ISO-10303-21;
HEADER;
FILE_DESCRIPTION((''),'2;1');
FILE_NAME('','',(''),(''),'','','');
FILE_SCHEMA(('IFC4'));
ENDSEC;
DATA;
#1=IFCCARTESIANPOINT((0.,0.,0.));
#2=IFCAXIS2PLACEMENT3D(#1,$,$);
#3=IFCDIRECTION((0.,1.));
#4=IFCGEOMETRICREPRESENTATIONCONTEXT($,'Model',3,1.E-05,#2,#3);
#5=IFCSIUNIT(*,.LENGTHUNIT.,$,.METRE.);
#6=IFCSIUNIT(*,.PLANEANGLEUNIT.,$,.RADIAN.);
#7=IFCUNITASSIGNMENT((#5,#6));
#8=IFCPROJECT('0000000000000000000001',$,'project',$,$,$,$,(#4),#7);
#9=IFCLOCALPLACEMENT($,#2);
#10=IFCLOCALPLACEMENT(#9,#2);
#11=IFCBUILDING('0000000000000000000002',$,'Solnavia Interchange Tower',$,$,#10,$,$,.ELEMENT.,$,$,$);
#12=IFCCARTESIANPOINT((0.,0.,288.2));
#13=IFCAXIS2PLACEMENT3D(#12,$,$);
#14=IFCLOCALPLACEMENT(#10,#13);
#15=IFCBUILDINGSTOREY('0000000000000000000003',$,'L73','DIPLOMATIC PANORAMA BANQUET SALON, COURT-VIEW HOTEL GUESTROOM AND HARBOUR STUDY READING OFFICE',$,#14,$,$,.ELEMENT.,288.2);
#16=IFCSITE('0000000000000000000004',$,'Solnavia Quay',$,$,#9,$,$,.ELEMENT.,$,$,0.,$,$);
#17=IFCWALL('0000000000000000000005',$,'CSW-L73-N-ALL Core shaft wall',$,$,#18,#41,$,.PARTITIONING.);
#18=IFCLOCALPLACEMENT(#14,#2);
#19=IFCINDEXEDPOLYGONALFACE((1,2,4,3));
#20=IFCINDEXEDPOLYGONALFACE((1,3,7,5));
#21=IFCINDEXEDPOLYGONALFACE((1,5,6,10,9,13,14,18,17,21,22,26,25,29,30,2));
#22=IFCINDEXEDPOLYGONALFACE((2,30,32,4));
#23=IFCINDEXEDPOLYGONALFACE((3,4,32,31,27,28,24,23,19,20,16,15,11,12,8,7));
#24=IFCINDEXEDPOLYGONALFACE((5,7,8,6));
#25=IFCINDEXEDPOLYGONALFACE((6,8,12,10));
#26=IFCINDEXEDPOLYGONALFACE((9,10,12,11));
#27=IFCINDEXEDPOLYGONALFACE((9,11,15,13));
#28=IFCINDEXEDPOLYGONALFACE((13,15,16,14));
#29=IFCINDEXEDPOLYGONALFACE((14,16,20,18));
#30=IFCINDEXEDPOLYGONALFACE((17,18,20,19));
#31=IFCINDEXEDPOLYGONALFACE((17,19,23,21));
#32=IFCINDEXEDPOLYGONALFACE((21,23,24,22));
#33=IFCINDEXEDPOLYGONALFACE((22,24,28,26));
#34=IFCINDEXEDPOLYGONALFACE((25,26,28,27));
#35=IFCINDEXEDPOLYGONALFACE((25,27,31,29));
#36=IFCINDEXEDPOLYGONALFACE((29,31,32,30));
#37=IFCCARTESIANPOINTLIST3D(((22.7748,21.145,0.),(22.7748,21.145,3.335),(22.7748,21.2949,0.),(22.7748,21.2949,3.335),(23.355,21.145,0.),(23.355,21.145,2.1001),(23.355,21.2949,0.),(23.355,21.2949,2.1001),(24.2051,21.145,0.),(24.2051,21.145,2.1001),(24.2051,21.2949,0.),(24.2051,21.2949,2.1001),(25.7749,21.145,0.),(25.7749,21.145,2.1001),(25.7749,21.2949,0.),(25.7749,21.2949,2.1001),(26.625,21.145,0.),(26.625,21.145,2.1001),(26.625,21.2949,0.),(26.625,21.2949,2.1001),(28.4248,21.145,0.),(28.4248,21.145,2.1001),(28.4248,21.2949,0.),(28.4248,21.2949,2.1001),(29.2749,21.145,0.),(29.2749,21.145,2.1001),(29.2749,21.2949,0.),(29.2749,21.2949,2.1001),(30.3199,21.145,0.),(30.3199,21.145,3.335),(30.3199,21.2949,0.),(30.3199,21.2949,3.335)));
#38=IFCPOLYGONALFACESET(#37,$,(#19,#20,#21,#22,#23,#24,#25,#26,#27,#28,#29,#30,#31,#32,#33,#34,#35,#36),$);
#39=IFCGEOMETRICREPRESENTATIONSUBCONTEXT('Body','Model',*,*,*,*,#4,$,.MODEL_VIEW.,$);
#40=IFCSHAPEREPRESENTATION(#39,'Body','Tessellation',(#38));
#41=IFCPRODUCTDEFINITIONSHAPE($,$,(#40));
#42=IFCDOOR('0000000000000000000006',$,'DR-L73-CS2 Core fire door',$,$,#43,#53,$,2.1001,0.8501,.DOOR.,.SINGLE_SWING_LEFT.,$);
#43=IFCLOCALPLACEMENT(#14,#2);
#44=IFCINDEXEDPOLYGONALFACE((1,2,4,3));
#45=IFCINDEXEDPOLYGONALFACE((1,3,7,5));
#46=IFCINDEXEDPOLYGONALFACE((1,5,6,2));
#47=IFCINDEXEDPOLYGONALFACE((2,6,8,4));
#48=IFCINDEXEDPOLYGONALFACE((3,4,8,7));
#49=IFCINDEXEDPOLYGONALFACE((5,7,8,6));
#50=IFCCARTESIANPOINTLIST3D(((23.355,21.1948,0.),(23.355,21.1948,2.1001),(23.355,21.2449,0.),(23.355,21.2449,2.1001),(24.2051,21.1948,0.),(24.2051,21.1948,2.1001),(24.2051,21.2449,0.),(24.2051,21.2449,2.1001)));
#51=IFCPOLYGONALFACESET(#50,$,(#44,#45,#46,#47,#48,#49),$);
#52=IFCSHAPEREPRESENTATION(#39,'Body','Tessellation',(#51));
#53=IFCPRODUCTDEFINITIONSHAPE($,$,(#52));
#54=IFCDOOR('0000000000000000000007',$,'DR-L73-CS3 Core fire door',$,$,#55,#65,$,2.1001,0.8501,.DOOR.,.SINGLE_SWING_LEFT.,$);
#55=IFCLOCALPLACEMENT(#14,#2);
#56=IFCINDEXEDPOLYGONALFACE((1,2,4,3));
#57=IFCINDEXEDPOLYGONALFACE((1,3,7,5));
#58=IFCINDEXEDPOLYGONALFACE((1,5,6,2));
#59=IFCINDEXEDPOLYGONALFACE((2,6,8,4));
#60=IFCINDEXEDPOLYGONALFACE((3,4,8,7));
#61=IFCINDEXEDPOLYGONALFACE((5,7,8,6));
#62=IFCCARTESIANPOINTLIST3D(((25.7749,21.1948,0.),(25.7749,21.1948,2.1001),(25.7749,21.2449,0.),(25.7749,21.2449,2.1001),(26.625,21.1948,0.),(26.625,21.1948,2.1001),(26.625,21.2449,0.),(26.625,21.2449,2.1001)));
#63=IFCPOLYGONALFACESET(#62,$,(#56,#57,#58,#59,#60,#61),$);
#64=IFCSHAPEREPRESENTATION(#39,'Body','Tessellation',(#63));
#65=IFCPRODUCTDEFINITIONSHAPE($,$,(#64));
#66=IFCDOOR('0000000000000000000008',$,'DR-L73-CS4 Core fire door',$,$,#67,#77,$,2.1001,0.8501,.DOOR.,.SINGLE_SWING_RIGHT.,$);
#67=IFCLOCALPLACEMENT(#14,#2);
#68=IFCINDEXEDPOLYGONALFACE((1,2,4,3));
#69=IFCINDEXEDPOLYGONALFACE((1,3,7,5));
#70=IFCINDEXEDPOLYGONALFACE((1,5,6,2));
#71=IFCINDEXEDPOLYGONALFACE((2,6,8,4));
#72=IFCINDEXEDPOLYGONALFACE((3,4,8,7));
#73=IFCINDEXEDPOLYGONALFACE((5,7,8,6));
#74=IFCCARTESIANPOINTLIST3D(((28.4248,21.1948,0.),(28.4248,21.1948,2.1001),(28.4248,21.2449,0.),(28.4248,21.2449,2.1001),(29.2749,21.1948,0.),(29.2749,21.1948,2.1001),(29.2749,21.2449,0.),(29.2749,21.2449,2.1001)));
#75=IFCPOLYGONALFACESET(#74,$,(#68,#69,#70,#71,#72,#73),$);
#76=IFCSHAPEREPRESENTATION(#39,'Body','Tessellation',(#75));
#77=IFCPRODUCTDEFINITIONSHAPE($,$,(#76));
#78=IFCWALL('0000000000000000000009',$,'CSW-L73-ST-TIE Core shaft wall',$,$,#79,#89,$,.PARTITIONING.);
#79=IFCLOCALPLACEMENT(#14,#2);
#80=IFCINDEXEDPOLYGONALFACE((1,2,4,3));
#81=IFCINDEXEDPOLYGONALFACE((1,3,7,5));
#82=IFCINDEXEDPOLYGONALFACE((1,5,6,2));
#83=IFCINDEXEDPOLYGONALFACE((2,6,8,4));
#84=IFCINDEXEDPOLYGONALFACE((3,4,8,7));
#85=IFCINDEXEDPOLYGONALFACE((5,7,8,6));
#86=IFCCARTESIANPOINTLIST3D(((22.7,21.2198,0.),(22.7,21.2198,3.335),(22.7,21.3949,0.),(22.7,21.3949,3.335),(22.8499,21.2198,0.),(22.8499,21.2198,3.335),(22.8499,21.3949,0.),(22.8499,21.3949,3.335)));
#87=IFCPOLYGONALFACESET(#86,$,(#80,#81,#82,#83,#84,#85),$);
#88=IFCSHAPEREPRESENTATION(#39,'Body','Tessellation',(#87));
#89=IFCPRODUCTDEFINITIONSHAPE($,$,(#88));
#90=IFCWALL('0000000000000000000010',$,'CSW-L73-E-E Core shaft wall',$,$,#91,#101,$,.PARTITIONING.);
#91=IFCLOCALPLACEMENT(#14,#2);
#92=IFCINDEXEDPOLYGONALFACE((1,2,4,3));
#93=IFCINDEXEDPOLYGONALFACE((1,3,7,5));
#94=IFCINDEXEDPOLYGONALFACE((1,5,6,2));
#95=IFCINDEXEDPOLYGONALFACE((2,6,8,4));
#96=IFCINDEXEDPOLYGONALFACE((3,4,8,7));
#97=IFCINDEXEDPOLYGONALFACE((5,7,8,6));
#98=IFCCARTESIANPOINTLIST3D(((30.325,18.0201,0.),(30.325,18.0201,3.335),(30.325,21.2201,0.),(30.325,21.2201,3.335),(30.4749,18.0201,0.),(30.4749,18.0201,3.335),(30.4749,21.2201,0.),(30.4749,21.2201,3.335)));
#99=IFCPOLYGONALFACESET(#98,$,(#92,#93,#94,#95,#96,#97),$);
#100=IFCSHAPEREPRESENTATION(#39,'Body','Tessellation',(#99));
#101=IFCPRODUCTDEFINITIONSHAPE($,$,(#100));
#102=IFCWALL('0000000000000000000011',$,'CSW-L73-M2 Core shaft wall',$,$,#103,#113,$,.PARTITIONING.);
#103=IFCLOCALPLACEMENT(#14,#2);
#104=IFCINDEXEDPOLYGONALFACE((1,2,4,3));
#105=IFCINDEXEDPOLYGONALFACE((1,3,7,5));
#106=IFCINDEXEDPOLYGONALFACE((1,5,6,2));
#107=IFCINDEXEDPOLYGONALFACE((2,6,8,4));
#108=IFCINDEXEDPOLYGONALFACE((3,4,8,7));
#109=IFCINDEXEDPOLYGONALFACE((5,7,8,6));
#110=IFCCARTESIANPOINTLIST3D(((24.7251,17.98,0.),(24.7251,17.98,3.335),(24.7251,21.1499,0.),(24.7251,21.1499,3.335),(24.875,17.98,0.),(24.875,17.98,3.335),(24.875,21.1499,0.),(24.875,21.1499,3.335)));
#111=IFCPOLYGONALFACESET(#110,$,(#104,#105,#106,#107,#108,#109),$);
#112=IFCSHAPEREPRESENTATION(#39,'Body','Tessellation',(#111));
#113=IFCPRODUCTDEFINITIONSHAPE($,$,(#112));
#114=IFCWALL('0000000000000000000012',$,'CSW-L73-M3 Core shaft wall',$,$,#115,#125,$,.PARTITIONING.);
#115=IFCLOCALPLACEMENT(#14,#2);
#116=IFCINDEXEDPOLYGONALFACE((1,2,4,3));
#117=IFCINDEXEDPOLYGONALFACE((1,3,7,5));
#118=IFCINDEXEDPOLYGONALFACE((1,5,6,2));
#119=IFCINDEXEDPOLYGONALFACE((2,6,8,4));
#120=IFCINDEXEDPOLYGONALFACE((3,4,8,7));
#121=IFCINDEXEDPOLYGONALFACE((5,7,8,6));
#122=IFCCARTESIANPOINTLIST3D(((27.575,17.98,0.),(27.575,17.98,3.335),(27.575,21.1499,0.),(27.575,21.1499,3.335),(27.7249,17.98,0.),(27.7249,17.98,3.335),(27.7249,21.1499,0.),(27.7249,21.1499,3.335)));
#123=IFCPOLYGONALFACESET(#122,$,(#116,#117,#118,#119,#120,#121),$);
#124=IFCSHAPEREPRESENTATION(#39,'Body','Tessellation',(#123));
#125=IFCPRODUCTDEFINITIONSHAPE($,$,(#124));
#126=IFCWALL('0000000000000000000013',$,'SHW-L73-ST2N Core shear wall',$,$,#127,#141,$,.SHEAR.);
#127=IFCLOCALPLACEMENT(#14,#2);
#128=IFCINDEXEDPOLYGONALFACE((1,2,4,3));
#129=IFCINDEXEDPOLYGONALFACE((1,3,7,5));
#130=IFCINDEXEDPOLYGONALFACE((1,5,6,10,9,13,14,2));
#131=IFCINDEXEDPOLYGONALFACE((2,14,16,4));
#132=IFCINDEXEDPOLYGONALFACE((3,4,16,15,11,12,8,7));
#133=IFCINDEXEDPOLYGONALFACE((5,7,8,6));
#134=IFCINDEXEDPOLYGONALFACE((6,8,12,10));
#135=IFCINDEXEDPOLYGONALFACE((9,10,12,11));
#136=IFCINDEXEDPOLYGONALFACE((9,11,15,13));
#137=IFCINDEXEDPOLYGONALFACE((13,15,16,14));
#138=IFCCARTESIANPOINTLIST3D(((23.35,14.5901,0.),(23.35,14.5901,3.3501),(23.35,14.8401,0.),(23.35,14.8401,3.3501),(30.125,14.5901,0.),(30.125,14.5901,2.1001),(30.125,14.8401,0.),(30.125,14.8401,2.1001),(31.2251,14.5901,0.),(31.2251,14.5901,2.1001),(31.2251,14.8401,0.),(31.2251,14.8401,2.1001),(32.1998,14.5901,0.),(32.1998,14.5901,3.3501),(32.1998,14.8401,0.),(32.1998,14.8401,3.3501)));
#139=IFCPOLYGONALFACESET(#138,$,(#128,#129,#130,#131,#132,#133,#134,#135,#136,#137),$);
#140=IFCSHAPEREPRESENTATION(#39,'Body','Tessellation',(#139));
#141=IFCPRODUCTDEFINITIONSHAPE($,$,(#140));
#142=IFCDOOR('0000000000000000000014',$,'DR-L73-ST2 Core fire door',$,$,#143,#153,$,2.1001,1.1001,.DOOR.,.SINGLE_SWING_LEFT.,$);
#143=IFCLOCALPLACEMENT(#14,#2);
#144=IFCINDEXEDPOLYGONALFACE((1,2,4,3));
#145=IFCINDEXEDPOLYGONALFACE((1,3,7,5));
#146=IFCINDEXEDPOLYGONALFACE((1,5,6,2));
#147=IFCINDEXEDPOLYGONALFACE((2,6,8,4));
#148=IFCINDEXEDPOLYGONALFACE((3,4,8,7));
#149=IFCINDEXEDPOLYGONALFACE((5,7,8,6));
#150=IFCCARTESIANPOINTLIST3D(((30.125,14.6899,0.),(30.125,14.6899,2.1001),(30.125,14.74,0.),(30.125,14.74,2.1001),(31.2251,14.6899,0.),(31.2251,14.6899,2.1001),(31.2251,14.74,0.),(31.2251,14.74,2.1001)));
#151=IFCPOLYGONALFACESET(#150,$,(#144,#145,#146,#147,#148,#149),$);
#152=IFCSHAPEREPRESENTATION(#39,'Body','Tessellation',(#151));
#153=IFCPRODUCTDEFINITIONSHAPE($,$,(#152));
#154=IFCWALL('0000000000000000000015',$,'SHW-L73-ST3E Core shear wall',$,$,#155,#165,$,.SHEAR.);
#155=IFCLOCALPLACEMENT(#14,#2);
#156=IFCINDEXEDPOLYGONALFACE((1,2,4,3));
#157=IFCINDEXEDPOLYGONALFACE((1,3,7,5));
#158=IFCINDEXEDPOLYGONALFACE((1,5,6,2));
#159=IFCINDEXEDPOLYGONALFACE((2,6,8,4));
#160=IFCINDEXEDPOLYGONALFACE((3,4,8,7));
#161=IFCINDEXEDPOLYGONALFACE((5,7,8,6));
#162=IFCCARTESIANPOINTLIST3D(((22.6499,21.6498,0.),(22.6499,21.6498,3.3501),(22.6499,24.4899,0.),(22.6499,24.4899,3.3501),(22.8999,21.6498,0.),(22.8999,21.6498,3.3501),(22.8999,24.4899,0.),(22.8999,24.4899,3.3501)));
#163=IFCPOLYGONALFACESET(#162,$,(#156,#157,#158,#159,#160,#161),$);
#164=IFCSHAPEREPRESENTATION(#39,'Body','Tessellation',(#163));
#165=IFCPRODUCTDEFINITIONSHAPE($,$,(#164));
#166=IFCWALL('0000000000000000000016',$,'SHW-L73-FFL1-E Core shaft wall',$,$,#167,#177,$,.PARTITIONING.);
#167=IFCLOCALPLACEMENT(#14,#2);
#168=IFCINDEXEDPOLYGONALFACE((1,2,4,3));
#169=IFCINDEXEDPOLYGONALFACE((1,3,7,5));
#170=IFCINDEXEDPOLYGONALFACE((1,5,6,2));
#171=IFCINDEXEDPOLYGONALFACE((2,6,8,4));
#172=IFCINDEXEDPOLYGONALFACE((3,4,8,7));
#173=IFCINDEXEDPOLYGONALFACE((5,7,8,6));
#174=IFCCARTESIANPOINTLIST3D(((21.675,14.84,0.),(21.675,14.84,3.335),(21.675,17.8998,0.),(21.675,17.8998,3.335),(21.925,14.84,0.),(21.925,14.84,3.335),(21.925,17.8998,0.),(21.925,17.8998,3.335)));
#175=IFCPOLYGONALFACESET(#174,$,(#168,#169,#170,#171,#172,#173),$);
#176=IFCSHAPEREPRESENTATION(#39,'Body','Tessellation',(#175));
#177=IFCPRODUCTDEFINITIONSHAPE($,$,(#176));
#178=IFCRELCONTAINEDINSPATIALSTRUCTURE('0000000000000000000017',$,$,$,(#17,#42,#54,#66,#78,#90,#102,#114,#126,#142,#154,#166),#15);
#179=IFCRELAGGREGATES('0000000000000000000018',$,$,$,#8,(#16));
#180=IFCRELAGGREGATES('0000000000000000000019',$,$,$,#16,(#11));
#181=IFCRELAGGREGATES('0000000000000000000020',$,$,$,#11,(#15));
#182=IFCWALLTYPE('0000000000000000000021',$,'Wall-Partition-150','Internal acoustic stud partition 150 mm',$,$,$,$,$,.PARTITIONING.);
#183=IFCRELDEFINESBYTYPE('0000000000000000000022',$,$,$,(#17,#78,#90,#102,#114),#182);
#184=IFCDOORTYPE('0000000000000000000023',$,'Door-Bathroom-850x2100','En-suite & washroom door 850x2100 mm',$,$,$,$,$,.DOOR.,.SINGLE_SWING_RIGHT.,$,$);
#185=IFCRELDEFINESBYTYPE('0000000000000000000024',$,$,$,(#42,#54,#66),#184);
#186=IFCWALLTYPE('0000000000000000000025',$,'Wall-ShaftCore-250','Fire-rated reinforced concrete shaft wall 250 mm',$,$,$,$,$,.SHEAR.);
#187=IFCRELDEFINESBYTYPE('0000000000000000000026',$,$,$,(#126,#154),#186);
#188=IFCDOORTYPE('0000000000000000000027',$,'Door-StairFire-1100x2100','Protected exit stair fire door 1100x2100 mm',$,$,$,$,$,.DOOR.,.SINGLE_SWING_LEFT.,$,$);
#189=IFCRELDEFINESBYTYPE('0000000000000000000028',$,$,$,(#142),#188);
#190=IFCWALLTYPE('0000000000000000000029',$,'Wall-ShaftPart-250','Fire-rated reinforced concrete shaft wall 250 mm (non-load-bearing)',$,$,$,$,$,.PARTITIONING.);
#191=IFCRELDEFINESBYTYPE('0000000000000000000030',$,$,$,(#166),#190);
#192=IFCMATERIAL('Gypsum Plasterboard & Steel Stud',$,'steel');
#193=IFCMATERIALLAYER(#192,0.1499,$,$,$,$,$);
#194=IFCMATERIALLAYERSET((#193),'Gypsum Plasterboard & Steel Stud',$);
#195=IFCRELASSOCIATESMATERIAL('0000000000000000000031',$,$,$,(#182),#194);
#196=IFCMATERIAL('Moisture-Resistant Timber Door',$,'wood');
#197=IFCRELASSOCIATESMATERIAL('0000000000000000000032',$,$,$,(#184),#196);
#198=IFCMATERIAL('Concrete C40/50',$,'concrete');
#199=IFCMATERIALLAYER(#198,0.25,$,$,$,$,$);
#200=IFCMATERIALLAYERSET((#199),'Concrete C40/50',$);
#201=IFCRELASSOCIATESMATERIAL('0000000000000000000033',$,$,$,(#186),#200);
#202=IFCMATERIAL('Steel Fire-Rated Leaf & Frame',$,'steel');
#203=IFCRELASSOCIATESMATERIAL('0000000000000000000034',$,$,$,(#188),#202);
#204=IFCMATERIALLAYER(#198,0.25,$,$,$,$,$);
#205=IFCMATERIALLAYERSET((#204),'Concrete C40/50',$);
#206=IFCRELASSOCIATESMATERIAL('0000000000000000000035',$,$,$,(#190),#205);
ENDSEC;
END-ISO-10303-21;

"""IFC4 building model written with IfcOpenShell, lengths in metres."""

from ifc_helpers import new_model, si_unit, direction, frame, frame_2d, origin, place, context, subcontext, project, spatial, rectangle, extrude, material, layer, layer_set, type_object, element, fill, save


model = new_model("IFC4")

# Units and contexts
model_context = context("Model", 3, precision=1e-05, world=origin(), true_north=direction((0.0, 1.0)))
body_context = subcontext(model_context, "Body", "Model", "MODEL_VIEW")
ifc_project = project(units=[si_unit("LENGTHUNIT", "METRE"), si_unit("PLANEANGLEUNIT", "RADIAN")], contexts=[model_context])

# Site, building, storey
site_placement = place(None, origin())
site = spatial("IfcSite", under=ifc_project, at=site_placement, Name="Solnavia Quay", CompositionType="ELEMENT", RefElevation=0.0)
building_placement = place(site_placement, origin())
building = spatial("IfcBuilding", under=site, at=building_placement, Name="Solnavia Interchange Tower", CompositionType="ELEMENT")
storey_placement = place(building_placement, frame((0.0, 0.0, 288.2)))
storey = spatial("IfcBuildingStorey", under=building, at=storey_placement, Name="L73", Description="DIPLOMATIC PANORAMA BANQUET SALON, COURT-VIEW HOTEL GUESTROOM AND HARBOUR STUDY READING OFFICE", CompositionType="ELEMENT", Elevation=288.2)

# Wall, openings, doors
ifc_material_1 = material(Name="Gypsum Plasterboard & Steel Stud", Category="steel")
ifc_layer_1 = layer(ifc_material_1, 0.1499)
ifc_layer_set_1 = layer_set([ifc_layer_1], Name="Gypsum Plasterboard & Steel Stud")
wall_type_1 = type_object("IfcWallType", Name="Wall-Partition-150", Description="Internal acoustic stud partition 150 mm", PredefinedType="PARTITIONING", material=ifc_layer_set_1)
wall_1_placement = place(storey_placement, frame((22.7749, 21.22, 0.0), z_axis=(0.0, 0.0, 1.0), x_axis=(1.0, 0.0, 0.0)))
wall_1 = element("IfcWall", 1, at=wall_1_placement, inside=storey, type_object=wall_type_1, Name="CSW-L73-N-ALL Core shaft wall", PredefinedType="PARTITIONING", context=body_context, shape_type="SweptSolid", body=[
    extrude(rectangle(XDim=7.5452, YDim=0.1499, at=frame_2d((3.7725, 0.0))), origin(), (0.0, 0.0, 1.0), 3.335),
])
opening_1_placement = place(wall_1_placement, frame((0.5801, 0.0, 0.0)))
opening_1 = element("IfcOpeningElement", 2, at=opening_1_placement, cuts=wall_1, PredefinedType="OPENING", context=body_context, shape_type="SweptSolid", body=[
    extrude(rectangle(XDim=0.8501, YDim=2.1001, at=frame_2d((0.425, 1.05))), frame((0.0, 0.085, 0.0), z_axis=(0.0, -1.0, 0.0), x_axis=(1.0, 0.0, 0.0)), (0.0, 0.0, 1.0), 0.1699),
])
opening_2_placement = place(wall_1_placement, frame((3.0, 0.0, 0.0)))
opening_2 = element("IfcOpeningElement", 3, at=opening_2_placement, cuts=wall_1, PredefinedType="OPENING", context=body_context, shape_type="SweptSolid", body=[
    extrude(rectangle(XDim=0.8501, YDim=2.1001, at=frame_2d((0.425, 1.05))), frame((0.0, 0.085, 0.0), z_axis=(0.0, -1.0, 0.0), x_axis=(1.0, 0.0, 0.0)), (0.0, 0.0, 1.0), 0.1699),
])
opening_3_placement = place(wall_1_placement, frame((5.6499, 0.0, 0.0)))
opening_3 = element("IfcOpeningElement", 4, at=opening_3_placement, cuts=wall_1, PredefinedType="OPENING", context=body_context, shape_type="SweptSolid", body=[
    extrude(rectangle(XDim=0.8501, YDim=2.1001, at=frame_2d((0.425, 1.05))), frame((0.0, 0.085, 0.0), z_axis=(0.0, -1.0, 0.0), x_axis=(1.0, 0.0, 0.0)), (0.0, 0.0, 1.0), 0.1699),
])
ifc_material_2 = material(Name="Moisture-Resistant Timber Door", Category="wood")
door_type_1 = type_object("IfcDoorType", Name="Door-Bathroom-850x2100", Description="En-suite & washroom door 850x2100 mm", OperationType="SINGLE_SWING_RIGHT", PredefinedType="DOOR", material=ifc_material_2)
door_1_placement = place(opening_1_placement, origin())
door_1 = element("IfcDoor", 5, at=door_1_placement, inside=storey, type_object=door_type_1, Name="DR-L73-CS2 Core fire door", OperationType="SINGLE_SWING_LEFT", OverallHeight=2.1001, OverallWidth=0.8501, PredefinedType="DOOR", context=body_context, shape_type="SweptSolid", body=[
    extrude(rectangle(XDim=0.8501, YDim=2.1001, at=frame_2d((0.425, 1.05))), frame((0.0, 0.0249, 0.0), z_axis=(0.0, -1.0, 0.0), x_axis=(1.0, 0.0, 0.0)), (0.0, 0.0, 1.0), 0.05),
])
fill(opening_1, door_1)
door_2_placement = place(opening_2_placement, origin())
door_2 = element("IfcDoor", 6, at=door_2_placement, inside=storey, type_object=door_type_1, Name="DR-L73-CS3 Core fire door", OperationType="SINGLE_SWING_LEFT", OverallHeight=2.1001, OverallWidth=0.8501, PredefinedType="DOOR", context=body_context, shape_type="SweptSolid", body=[
    extrude(rectangle(XDim=0.8501, YDim=2.1001, at=frame_2d((0.425, 1.05))), frame((0.0, 0.0249, 0.0), z_axis=(0.0, -1.0, 0.0), x_axis=(1.0, 0.0, 0.0)), (0.0, 0.0, 1.0), 0.05),
])
fill(opening_2, door_2)
door_3_placement = place(opening_3_placement, origin())
door_3 = element("IfcDoor", 7, at=door_3_placement, inside=storey, type_object=door_type_1, Name="DR-L73-CS4 Core fire door", OperationType="SINGLE_SWING_RIGHT", OverallHeight=2.1001, OverallWidth=0.8501, PredefinedType="DOOR", context=body_context, shape_type="SweptSolid", body=[
    extrude(rectangle(XDim=0.8501, YDim=2.1001, at=frame_2d((0.425, 1.05))), frame((0.0, 0.0249, 0.0), z_axis=(0.0, -1.0, 0.0), x_axis=(1.0, 0.0, 0.0)), (0.0, 0.0, 1.0), 0.05),
])
fill(opening_3, door_3)

# Walls
wall_2_placement = place(storey_placement, frame((22.7749, 21.22, 0.0), z_axis=(0.0, 0.0, 1.0), x_axis=(0.0, 1.0, 0.0)))
element("IfcWall", 8, at=wall_2_placement, inside=storey, type_object=wall_type_1, Name="CSW-L73-ST-TIE Core shaft wall", PredefinedType="PARTITIONING", context=body_context, shape_type="SweptSolid", body=[
    extrude(rectangle(XDim=0.175, YDim=0.1499, at=frame_2d((0.0874, 0.0))), origin(), (0.0, 0.0, 1.0), 3.335),
])
wall_3_placement = place(storey_placement, frame((30.3999, 18.02, 0.0), z_axis=(0.0, 0.0, 1.0), x_axis=(0.0, 1.0, 0.0)))
element("IfcWall", 9, at=wall_3_placement, inside=storey, type_object=wall_type_1, Name="CSW-L73-E-E Core shaft wall", PredefinedType="PARTITIONING", context=body_context, shape_type="SweptSolid", body=[
    extrude(rectangle(XDim=3.2, YDim=0.1499, at=frame_2d((1.6001, 0.0))), origin(), (0.0, 0.0, 1.0), 3.335),
])
for number, where, z_axis, x_axis, name in (
    (10, (24.8, 17.98, 0.0), (0.0, 0.0, 1.0), (0.0, 1.0, 0.0), "CSW-L73-M2 Core shaft wall"),
    (11, (27.6499, 17.98, 0.0), (0.0, 0.0, 1.0), (0.0, 1.0, 0.0), "CSW-L73-M3 Core shaft wall"),
):
    element("IfcWall", number, at=place(storey_placement, frame(where, z_axis=z_axis, x_axis=x_axis)), inside=storey, type_object=wall_type_1, Name=name, PredefinedType="PARTITIONING", context=body_context, shape_type="SweptSolid", body=[
        extrude(rectangle(XDim=3.1699, YDim=0.1499, at=frame_2d((1.585, 0.0))), origin(), (0.0, 0.0, 1.0), 3.335),
    ])

# Wall, opening, door
ifc_material_3 = material(Name="Concrete C40/50", Category="concrete")
ifc_layer_2 = layer(ifc_material_3, 0.25)
ifc_layer_set_2 = layer_set([ifc_layer_2], Name="Concrete C40/50")
wall_type_2 = type_object("IfcWallType", Name="Wall-ShaftCore-250", Description="Fire-rated reinforced concrete shaft wall 250 mm", PredefinedType="SHEAR", material=ifc_layer_set_2)
wall_4_placement = place(storey_placement, frame((23.3501, 14.7151, 0.0), z_axis=(0.0, 0.0, 1.0), x_axis=(1.0, 0.0, 0.0)))
wall_4 = element("IfcWall", 12, at=wall_4_placement, inside=storey, type_object=wall_type_2, Name="SHW-L73-ST2N Core shear wall", PredefinedType="SHEAR", context=body_context, shape_type="SweptSolid", body=[
    extrude(rectangle(XDim=8.8499, YDim=0.25, at=frame_2d((4.4248, 0.0))), origin(), (0.0, 0.0, 1.0), 3.3501),
])
opening_4_placement = place(wall_4_placement, frame((6.7749, 0.0, 0.0)))
opening_4 = element("IfcOpeningElement", 13, at=opening_4_placement, cuts=wall_4, PredefinedType="OPENING", context=body_context, shape_type="SweptSolid", body=[
    extrude(rectangle(XDim=1.1001, YDim=2.1001, at=frame_2d((0.55, 1.05))), frame((0.0, 0.135, 0.0), z_axis=(0.0, -1.0, 0.0), x_axis=(1.0, 0.0, 0.0)), (0.0, 0.0, 1.0), 0.27),
])
ifc_material_4 = material(Name="Steel Fire-Rated Leaf & Frame", Category="steel")
door_type_2 = type_object("IfcDoorType", Name="Door-StairFire-1100x2100", Description="Protected exit stair fire door 1100x2100 mm", OperationType="SINGLE_SWING_LEFT", PredefinedType="DOOR", material=ifc_material_4)
door_4_placement = place(opening_4_placement, origin())
door_4 = element("IfcDoor", 14, at=door_4_placement, inside=storey, type_object=door_type_2, Name="DR-L73-ST2 Core fire door", OperationType="SINGLE_SWING_LEFT", OverallHeight=2.1001, OverallWidth=1.1001, PredefinedType="DOOR", context=body_context, shape_type="SweptSolid", body=[
    extrude(rectangle(XDim=1.1001, YDim=2.1001, at=frame_2d((0.55, 1.05))), frame((0.0, 0.0249, 0.0), z_axis=(0.0, -1.0, 0.0), x_axis=(1.0, 0.0, 0.0)), (0.0, 0.0, 1.0), 0.05),
])
fill(opening_4, door_4)

# Walls
wall_5_placement = place(storey_placement, frame((22.7749, 21.6499, 0.0), z_axis=(0.0, 0.0, 1.0), x_axis=(0.0, 1.0, 0.0)))
element("IfcWall", 15, at=wall_5_placement, inside=storey, type_object=wall_type_2, Name="SHW-L73-ST3E Core shear wall", PredefinedType="SHEAR", context=body_context, shape_type="SweptSolid", body=[
    extrude(rectangle(XDim=2.8401, YDim=0.25, at=frame_2d((1.4199, 0.0))), origin(), (0.0, 0.0, 1.0), 3.3501),
])
ifc_layer_3 = layer(ifc_material_3, 0.25)
ifc_layer_set_3 = layer_set([ifc_layer_3], Name="Concrete C40/50")
wall_type_3 = type_object("IfcWallType", Name="Wall-ShaftPart-250", Description="Fire-rated reinforced concrete shaft wall 250 mm (non-load-bearing)", PredefinedType="PARTITIONING", material=ifc_layer_set_3)
wall_6_placement = place(storey_placement, frame((21.8, 14.8401, 0.0), z_axis=(0.0, 0.0, 1.0), x_axis=(0.0, 1.0, 0.0)))
element("IfcWall", 16, at=wall_6_placement, inside=storey, type_object=wall_type_3, Name="SHW-L73-FFL1-E Core shaft wall", PredefinedType="PARTITIONING", context=body_context, shape_type="SweptSolid", body=[
    extrude(rectangle(XDim=3.0598, YDim=0.25, at=frame_2d((1.5298, 0.0))), origin(), (0.0, 0.0, 1.0), 3.335),
])

save(model, "model.ifc")
